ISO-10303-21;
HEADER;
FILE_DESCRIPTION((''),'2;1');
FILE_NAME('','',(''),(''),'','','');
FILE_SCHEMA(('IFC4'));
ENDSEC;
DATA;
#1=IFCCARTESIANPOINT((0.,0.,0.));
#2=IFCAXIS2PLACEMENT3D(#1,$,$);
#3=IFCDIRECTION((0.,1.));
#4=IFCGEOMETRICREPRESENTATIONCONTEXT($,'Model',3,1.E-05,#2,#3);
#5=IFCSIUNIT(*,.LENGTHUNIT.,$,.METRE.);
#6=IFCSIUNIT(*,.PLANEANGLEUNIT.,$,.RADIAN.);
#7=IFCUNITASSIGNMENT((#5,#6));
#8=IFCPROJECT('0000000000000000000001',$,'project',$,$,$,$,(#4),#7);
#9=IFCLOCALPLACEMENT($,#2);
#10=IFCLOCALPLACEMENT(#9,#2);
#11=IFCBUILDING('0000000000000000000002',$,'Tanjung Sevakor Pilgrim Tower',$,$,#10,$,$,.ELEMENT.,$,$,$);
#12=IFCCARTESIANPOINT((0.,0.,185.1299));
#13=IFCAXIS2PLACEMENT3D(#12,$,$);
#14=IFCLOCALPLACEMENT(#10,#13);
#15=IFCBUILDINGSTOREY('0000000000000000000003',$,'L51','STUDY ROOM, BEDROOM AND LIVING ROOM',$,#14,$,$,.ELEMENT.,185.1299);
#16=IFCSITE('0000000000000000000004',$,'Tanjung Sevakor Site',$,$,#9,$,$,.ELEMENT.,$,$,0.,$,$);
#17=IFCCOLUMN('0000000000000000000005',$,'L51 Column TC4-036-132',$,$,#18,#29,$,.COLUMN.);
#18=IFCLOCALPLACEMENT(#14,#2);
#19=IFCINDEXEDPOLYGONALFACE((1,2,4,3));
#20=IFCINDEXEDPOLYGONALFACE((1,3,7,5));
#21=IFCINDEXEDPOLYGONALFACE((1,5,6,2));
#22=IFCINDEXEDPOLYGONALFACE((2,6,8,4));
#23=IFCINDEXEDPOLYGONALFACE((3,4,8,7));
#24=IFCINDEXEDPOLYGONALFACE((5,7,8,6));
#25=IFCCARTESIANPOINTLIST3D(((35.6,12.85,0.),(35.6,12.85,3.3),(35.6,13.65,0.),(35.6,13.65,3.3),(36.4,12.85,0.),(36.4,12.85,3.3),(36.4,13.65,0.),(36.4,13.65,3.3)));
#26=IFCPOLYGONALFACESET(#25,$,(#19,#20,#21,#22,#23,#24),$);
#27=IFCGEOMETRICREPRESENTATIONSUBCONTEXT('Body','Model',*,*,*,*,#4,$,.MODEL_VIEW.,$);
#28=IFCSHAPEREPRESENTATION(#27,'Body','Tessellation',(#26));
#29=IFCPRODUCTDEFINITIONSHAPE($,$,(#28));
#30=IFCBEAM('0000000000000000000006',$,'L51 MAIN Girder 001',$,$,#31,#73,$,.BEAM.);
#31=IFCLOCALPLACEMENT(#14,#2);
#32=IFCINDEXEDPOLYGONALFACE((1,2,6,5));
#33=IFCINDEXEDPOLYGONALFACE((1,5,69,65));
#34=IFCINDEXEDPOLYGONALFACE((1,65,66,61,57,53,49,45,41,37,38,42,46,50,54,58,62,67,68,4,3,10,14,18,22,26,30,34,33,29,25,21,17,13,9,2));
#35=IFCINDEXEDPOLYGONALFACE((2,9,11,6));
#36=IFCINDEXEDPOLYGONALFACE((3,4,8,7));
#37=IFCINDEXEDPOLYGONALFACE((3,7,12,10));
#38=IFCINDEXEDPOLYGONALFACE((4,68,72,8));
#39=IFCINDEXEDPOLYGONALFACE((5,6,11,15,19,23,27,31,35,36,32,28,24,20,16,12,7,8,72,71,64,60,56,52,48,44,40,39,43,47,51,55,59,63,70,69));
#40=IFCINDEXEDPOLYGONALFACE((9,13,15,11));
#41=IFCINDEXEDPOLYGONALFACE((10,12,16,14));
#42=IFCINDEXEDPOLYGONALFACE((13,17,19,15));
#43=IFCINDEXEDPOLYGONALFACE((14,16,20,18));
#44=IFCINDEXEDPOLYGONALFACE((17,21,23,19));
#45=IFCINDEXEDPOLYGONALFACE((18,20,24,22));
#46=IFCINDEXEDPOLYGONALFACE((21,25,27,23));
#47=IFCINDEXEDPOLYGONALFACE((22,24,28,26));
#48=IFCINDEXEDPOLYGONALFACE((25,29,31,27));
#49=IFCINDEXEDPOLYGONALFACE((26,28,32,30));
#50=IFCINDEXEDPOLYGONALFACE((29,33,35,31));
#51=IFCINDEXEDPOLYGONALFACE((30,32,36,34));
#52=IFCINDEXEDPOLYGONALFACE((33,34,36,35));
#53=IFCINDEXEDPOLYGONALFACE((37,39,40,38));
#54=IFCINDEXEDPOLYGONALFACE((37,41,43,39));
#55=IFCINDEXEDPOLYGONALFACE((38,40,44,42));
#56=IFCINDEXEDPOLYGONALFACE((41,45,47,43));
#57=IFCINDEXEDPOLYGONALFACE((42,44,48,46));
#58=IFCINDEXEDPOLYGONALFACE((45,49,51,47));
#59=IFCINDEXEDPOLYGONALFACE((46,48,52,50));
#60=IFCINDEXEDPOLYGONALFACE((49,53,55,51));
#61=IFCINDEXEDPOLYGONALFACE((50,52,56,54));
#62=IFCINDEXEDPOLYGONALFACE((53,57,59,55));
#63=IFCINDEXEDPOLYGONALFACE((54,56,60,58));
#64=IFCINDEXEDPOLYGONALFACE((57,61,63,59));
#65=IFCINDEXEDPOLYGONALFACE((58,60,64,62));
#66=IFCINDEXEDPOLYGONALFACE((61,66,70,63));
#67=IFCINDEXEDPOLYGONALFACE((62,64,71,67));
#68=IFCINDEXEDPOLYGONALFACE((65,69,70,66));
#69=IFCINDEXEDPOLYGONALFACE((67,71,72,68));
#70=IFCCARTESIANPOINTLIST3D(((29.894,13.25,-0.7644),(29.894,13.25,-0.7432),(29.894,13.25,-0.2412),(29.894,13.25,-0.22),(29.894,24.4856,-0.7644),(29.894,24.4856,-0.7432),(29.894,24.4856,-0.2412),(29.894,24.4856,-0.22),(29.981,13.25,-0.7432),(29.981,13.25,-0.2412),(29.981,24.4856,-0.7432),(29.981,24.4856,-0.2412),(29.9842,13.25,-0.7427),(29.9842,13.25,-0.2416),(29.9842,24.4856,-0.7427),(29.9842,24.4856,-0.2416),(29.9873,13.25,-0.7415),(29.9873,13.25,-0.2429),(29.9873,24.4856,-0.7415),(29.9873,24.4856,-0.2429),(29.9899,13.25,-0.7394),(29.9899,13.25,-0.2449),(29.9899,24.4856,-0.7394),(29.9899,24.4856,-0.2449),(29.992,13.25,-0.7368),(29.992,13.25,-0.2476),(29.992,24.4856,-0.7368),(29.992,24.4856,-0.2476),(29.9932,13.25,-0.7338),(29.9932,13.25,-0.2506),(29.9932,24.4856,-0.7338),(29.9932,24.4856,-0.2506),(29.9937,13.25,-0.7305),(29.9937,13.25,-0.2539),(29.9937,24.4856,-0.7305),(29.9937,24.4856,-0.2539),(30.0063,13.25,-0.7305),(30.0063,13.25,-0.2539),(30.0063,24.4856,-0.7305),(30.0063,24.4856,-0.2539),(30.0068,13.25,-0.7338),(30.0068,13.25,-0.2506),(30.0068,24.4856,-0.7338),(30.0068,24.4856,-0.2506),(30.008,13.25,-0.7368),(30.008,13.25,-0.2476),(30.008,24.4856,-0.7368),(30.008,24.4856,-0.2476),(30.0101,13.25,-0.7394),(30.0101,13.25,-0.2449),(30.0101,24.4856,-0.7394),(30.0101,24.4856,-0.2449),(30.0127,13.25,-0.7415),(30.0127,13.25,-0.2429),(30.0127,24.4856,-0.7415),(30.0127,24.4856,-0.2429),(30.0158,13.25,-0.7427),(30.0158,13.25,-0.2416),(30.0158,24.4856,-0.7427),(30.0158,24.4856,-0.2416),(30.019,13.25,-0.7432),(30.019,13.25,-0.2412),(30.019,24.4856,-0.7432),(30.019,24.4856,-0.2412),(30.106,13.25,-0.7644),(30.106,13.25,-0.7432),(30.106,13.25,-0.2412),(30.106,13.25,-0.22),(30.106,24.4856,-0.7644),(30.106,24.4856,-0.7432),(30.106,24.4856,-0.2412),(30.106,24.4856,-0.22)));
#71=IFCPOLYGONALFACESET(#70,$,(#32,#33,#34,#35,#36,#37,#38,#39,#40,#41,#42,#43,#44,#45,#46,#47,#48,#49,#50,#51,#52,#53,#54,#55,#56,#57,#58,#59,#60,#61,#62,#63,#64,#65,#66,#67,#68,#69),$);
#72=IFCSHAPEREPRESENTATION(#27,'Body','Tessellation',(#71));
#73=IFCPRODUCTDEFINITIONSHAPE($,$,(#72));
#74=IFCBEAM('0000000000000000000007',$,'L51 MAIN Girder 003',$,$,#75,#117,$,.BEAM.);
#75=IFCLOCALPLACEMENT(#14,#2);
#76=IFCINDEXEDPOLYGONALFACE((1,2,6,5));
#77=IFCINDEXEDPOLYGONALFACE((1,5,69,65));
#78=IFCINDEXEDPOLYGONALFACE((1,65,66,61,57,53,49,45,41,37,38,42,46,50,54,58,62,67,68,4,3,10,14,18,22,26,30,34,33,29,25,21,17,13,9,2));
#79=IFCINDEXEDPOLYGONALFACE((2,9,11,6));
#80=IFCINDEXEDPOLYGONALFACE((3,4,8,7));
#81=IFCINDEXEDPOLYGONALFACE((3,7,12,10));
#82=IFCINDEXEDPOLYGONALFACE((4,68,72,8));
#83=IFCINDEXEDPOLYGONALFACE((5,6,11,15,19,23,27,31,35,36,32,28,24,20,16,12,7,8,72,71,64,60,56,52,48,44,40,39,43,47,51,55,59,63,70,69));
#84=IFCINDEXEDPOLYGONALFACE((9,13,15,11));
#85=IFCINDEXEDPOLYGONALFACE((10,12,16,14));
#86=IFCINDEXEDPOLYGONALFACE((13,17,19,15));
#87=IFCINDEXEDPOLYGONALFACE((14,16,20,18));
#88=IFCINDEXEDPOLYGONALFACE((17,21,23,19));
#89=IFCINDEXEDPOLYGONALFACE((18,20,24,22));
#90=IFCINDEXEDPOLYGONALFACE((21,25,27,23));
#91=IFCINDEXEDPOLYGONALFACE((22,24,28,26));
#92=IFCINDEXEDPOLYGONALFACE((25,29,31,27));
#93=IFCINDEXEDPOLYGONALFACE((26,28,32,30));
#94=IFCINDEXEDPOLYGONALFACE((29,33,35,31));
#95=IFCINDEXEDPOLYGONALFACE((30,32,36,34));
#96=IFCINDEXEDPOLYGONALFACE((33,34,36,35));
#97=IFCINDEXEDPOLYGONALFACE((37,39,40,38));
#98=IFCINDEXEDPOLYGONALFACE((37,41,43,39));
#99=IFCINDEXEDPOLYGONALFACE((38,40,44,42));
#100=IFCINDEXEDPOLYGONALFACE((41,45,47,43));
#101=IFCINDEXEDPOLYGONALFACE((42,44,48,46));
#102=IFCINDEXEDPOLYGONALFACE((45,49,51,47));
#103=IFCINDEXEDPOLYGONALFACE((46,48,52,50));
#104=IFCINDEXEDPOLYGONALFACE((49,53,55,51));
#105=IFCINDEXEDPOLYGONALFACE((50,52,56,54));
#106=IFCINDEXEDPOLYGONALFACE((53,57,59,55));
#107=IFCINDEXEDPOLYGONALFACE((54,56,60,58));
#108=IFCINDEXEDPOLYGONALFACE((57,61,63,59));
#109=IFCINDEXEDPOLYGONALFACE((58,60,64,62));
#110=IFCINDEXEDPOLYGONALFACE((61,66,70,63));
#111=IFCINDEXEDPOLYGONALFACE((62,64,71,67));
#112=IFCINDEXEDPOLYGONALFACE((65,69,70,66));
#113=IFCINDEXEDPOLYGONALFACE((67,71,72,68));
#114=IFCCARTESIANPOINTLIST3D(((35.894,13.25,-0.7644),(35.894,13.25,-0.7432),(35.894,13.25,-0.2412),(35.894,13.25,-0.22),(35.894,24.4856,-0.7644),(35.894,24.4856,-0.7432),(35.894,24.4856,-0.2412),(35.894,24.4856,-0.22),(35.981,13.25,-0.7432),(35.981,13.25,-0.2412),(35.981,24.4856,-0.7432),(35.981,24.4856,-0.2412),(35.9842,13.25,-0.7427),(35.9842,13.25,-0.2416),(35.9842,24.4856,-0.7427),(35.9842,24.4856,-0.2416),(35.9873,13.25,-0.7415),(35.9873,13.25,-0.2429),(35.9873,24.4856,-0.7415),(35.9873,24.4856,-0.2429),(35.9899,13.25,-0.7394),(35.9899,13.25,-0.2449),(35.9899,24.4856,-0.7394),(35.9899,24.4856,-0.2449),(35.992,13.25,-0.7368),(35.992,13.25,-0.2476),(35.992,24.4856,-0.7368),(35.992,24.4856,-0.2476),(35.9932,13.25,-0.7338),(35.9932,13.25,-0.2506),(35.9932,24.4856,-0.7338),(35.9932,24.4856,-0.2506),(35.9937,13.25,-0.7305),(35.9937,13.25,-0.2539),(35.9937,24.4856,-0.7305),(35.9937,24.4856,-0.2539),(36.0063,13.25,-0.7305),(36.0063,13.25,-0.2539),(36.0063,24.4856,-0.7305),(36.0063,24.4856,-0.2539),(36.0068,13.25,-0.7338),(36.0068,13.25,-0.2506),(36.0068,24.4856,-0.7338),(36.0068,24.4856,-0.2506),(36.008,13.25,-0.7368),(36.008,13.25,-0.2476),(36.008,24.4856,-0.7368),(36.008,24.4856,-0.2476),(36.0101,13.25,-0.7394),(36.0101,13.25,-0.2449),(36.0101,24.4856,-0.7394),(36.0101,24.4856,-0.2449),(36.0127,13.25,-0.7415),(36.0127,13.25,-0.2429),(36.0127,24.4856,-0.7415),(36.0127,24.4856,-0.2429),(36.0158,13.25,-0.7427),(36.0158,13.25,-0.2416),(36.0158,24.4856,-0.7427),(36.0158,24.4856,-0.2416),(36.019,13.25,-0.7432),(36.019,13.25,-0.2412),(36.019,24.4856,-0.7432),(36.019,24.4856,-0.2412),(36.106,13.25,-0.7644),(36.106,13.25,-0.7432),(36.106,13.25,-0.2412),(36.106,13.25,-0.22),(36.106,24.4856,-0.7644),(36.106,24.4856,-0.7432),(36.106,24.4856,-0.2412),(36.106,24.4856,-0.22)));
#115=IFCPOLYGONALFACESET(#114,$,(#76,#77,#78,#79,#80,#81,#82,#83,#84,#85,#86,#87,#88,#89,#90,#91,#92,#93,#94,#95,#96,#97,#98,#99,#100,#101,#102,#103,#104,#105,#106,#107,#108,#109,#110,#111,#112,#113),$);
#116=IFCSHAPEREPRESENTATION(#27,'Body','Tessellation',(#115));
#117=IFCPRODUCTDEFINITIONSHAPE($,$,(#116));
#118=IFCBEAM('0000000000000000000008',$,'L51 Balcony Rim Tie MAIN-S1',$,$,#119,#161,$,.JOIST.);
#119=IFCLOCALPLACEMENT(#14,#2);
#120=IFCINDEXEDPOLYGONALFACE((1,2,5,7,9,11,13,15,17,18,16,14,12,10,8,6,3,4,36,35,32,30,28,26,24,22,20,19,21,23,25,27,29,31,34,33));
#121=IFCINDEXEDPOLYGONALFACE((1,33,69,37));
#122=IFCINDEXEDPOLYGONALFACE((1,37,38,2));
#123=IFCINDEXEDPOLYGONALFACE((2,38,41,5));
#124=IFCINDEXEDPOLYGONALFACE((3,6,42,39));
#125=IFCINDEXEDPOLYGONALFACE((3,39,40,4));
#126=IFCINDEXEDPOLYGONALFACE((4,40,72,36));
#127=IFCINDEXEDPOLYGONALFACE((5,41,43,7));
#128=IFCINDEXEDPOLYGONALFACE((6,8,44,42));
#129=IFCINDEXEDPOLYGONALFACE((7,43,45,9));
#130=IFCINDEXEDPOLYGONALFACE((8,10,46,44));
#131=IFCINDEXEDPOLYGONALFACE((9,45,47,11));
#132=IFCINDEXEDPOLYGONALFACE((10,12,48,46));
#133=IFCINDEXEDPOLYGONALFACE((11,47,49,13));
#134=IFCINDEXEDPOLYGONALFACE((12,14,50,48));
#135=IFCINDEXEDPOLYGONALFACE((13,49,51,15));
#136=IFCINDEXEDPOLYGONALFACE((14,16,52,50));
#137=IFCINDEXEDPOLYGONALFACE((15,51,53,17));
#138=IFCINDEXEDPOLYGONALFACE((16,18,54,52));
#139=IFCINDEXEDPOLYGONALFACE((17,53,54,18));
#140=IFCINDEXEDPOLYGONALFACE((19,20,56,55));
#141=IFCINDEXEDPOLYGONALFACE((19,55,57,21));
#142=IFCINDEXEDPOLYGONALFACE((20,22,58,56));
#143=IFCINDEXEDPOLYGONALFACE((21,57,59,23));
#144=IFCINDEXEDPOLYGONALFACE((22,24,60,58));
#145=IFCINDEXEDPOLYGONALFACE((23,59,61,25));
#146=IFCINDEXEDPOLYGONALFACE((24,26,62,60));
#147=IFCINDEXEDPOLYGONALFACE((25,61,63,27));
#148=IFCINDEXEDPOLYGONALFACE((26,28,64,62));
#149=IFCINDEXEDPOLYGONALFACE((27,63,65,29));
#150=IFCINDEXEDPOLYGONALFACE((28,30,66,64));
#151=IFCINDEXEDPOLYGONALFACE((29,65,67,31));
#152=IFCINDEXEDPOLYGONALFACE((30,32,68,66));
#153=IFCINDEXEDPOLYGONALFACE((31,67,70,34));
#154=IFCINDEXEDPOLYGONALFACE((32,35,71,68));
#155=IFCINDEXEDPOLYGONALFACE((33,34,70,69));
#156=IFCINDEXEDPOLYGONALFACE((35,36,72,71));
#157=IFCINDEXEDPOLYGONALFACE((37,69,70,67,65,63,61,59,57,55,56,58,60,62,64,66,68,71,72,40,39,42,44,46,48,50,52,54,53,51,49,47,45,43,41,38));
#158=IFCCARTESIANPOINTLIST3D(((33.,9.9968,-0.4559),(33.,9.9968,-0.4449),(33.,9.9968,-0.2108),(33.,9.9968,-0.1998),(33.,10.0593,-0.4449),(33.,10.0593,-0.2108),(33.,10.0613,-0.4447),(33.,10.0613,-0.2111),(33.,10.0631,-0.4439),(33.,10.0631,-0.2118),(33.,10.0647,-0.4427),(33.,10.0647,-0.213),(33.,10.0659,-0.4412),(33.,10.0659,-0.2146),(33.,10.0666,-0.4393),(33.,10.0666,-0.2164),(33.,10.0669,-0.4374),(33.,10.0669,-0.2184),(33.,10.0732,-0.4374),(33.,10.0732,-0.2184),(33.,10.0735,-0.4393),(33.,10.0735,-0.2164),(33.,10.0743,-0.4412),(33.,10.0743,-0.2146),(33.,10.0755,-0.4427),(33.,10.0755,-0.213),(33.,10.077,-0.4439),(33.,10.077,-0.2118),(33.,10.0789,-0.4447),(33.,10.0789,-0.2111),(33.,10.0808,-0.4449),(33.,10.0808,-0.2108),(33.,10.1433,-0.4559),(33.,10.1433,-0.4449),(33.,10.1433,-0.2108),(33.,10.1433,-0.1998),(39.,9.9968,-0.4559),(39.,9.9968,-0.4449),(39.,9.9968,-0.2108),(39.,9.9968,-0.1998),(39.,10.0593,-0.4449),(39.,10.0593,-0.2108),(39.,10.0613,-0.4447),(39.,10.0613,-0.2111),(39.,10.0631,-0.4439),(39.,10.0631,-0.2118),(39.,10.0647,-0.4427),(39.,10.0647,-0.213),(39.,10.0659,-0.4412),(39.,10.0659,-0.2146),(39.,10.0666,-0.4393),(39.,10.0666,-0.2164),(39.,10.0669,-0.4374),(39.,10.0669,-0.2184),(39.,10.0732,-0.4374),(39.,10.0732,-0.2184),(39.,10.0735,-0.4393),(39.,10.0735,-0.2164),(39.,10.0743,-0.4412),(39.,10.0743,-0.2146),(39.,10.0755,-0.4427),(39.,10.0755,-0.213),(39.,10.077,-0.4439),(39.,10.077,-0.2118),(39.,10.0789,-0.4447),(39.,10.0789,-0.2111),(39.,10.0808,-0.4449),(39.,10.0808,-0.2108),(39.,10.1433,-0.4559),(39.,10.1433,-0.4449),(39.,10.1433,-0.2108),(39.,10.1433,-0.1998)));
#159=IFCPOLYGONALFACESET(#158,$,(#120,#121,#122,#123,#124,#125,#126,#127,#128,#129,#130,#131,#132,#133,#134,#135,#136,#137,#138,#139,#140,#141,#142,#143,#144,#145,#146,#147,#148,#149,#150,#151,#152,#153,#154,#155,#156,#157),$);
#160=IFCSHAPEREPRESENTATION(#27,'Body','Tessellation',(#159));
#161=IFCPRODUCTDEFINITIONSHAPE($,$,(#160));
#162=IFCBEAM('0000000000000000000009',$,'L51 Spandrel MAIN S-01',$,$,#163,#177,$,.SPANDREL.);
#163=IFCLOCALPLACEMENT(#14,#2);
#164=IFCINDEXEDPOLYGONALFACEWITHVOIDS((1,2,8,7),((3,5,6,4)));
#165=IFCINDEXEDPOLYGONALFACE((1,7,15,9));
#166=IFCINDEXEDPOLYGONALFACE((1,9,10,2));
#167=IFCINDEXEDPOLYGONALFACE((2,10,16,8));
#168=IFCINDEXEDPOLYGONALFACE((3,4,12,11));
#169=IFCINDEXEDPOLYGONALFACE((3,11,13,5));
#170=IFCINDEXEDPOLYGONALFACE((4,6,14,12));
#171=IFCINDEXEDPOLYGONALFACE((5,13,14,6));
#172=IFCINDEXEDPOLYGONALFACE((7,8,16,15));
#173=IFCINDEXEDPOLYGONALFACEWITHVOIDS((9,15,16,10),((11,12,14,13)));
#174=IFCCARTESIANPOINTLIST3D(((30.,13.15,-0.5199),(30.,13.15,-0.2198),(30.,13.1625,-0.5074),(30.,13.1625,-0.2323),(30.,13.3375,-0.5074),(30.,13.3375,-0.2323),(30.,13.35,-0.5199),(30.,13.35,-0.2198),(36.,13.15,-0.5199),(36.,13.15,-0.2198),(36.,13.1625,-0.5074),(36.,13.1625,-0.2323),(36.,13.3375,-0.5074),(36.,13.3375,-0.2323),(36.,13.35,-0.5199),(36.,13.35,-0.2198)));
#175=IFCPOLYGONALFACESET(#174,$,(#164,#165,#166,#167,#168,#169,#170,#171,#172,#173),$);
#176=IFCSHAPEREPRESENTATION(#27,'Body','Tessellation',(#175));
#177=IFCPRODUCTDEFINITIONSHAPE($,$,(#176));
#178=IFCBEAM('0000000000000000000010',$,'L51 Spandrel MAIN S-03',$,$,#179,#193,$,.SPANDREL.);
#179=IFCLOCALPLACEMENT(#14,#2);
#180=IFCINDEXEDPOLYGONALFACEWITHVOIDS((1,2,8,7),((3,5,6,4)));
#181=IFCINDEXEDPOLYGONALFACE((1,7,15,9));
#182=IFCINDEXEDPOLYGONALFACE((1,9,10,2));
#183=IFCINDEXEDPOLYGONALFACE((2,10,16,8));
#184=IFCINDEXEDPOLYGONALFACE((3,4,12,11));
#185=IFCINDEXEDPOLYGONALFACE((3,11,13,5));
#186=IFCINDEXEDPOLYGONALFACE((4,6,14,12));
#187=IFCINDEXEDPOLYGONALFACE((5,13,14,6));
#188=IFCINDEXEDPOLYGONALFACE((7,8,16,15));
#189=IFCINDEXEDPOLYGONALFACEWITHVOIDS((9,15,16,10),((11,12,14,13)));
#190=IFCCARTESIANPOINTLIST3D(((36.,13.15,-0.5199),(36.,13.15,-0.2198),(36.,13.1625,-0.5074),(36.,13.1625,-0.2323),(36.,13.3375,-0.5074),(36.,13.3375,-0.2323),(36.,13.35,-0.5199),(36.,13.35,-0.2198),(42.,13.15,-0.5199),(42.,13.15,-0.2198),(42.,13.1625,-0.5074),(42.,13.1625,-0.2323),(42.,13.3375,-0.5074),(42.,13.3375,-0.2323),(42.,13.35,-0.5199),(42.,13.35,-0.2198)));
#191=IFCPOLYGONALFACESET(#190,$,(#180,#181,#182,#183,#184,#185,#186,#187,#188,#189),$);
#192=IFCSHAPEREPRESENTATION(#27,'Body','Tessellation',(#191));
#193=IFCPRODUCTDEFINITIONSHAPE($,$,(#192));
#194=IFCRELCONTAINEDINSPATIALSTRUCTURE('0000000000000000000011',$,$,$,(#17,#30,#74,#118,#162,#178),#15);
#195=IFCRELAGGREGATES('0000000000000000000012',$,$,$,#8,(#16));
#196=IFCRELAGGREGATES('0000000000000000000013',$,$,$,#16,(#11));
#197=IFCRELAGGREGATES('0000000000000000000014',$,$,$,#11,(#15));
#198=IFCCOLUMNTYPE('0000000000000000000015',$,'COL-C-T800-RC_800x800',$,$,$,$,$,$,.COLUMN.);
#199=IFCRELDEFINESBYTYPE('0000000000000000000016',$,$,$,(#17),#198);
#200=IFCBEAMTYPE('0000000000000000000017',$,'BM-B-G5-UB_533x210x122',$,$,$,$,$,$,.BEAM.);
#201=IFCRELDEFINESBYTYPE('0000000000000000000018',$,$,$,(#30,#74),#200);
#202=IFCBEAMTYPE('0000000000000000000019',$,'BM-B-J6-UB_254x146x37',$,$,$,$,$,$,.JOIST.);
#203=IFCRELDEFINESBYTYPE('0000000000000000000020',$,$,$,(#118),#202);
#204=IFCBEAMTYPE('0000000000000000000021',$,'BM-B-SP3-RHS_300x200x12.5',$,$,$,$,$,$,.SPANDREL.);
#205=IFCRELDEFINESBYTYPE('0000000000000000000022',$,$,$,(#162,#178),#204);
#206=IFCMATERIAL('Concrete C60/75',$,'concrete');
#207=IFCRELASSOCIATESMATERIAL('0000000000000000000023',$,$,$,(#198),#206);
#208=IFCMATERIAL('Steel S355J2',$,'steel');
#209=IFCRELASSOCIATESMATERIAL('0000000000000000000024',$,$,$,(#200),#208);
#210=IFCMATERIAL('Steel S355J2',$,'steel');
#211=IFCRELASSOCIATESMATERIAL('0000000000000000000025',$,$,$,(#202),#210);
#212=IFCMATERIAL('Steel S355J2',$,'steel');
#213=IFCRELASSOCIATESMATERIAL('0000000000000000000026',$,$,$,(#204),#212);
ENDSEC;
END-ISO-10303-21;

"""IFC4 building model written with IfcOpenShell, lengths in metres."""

from ifc_helpers import new_model, si_unit, direction, frame, origin, origin_2d, place, context, subcontext, project, spatial, rectangle, hollow_rectangle, i_section, extrude, material, material_profile, profile_set, type_object, element, save


model = new_model("IFC4")

# Units and contexts
model_context = context("Model", 3, precision=1e-05, world=origin(), true_north=direction((0.0, 1.0)))
body_context = subcontext(model_context, "Body", "Model", "MODEL_VIEW")
ifc_project = project(units=[si_unit("LENGTHUNIT", "METRE"), si_unit("PLANEANGLEUNIT", "RADIAN")], contexts=[model_context])

# Site, building, storey
site_placement = place(None, origin())
site = spatial("IfcSite", under=ifc_project, at=site_placement, Name="Tanjung Sevakor Site", CompositionType="ELEMENT", RefElevation=0.0)
building_placement = place(site_placement, origin())
building = spatial("IfcBuilding", under=site, at=building_placement, Name="Tanjung Sevakor Pilgrim Tower", CompositionType="ELEMENT")
storey_placement = place(building_placement, frame((0.0, 0.0, 185.1299)))
storey = spatial("IfcBuildingStorey", under=building, at=storey_placement, Name="L51", Description="STUDY ROOM, BEDROOM AND LIVING ROOM", CompositionType="ELEMENT", Elevation=185.1299)

# Column
ifc_material_1 = material(Name="Concrete C60/75", Category="concrete")
ifc_material_profile_1 = material_profile(ifc_material_1, rectangle(XDim=0.8, YDim=0.8, at=origin_2d()))
ifc_profile_set_1 = profile_set([ifc_material_profile_1], Name="Concrete C60/75")
column_type = type_object("IfcColumnType", Name="COL-C-T800-RC_800x800", PredefinedType="COLUMN", material=ifc_profile_set_1)
column_placement = place(storey_placement, frame((36.0, 13.25, 0.0), z_axis=(0.0, 0.0, 1.0), x_axis=(1.0, 0.0, 0.0)))
element("IfcColumn", 1, at=column_placement, inside=storey, type_object=column_type, Name="L51 Column TC4-036-132", PredefinedType="COLUMN", context=body_context, shape_type="SweptSolid", body=[
    extrude(rectangle(XDim=0.8, YDim=0.8, at=origin_2d()), origin(), (0.0, 0.0, 1.0), 3.3),
])

# Beams
ifc_material_2 = material(Name="Steel S355J2", Category="steel")
ifc_material_profile_2 = material_profile(ifc_material_2, i_section(OverallWidth=0.2119, OverallDepth=0.5444, WebThickness=0.0127, FlangeThickness=0.0212, FilletRadius=0.0127, at=origin_2d()))
ifc_profile_set_2 = profile_set([ifc_material_profile_2], Name="Steel S355J2")
beam_type_1 = type_object("IfcBeamType", Name="BM-B-G5-UB_533x210x122", PredefinedType="BEAM", material=ifc_profile_set_2)
for number, where, z_axis, x_axis, name in (
    (2, (30.0, 13.25, -0.4922), (0.0, 1.0, 0.0), (-1.0, 0.0, 0.0), "L51 MAIN Girder 001"),
    (3, (36.0, 13.25, -0.4922), (0.0, 1.0, 0.0), (-1.0, 0.0, 0.0), "L51 MAIN Girder 003"),
):
    element("IfcBeam", number, at=place(storey_placement, frame(where, z_axis=z_axis, x_axis=x_axis)), inside=storey, type_object=beam_type_1, Name=name, PredefinedType="BEAM", context=body_context, shape_type="SweptSolid", body=[
        extrude(i_section(OverallWidth=0.2119, OverallDepth=0.5444, WebThickness=0.0127, FlangeThickness=0.0212, FilletRadius=0.0127, at=origin_2d()), origin(), (0.0, 0.0, 1.0), 11.2356),
    ])
ifc_material_3 = material(Name="Steel S355J2", Category="steel")
ifc_material_profile_3 = material_profile(ifc_material_3, i_section(OverallWidth=0.1465, OverallDepth=0.2561, WebThickness=0.0063, FlangeThickness=0.011, FilletRadius=0.0076, at=origin_2d()))
ifc_profile_set_3 = profile_set([ifc_material_profile_3], Name="Steel S355J2")
beam_type_2 = type_object("IfcBeamType", Name="BM-B-J6-UB_254x146x37", PredefinedType="JOIST", material=ifc_profile_set_3)
beam_placement = place(storey_placement, frame((33.0, 10.0701, -0.3279), z_axis=(1.0, 0.0, 0.0), x_axis=(0.0, 1.0, 0.0)))
element("IfcBeam", 4, at=beam_placement, inside=storey, type_object=beam_type_2, Name="L51 Balcony Rim Tie MAIN-S1", PredefinedType="JOIST", context=body_context, shape_type="SweptSolid", body=[
    extrude(i_section(OverallWidth=0.1465, OverallDepth=0.2561, WebThickness=0.0063, FlangeThickness=0.011, FilletRadius=0.0076, at=origin_2d()), origin(), (0.0, 0.0, 1.0), 6.0),
])
ifc_material_4 = material(Name="Steel S355J2", Category="steel")
ifc_material_profile_4 = material_profile(ifc_material_4, hollow_rectangle(XDim=0.2, YDim=0.3, WallThickness=0.0125, at=origin_2d()))
ifc_profile_set_4 = profile_set([ifc_material_profile_4], Name="Steel S355J2")
beam_type_3 = type_object("IfcBeamType", Name="BM-B-SP3-RHS_300x200x12.5", PredefinedType="SPANDREL", material=ifc_profile_set_4)
for number, where, z_axis, x_axis, name in (
    (5, (30.0, 13.25, -0.3699), (1.0, 0.0, 0.0), (0.0, 1.0, 0.0), "L51 Spandrel MAIN S-01"),
    (6, (36.0, 13.25, -0.3699), (1.0, 0.0, 0.0), (0.0, 1.0, 0.0), "L51 Spandrel MAIN S-03"),
):
    element("IfcBeam", number, at=place(storey_placement, frame(where, z_axis=z_axis, x_axis=x_axis)), inside=storey, type_object=beam_type_3, Name=name, PredefinedType="SPANDREL", context=body_context, shape_type="SweptSolid", body=[
        extrude(hollow_rectangle(XDim=0.2, YDim=0.3, WallThickness=0.0125, at=origin_2d()), origin(), (0.0, 0.0, 1.0), 6.0),
    ])

save(model, "model.ifc")
